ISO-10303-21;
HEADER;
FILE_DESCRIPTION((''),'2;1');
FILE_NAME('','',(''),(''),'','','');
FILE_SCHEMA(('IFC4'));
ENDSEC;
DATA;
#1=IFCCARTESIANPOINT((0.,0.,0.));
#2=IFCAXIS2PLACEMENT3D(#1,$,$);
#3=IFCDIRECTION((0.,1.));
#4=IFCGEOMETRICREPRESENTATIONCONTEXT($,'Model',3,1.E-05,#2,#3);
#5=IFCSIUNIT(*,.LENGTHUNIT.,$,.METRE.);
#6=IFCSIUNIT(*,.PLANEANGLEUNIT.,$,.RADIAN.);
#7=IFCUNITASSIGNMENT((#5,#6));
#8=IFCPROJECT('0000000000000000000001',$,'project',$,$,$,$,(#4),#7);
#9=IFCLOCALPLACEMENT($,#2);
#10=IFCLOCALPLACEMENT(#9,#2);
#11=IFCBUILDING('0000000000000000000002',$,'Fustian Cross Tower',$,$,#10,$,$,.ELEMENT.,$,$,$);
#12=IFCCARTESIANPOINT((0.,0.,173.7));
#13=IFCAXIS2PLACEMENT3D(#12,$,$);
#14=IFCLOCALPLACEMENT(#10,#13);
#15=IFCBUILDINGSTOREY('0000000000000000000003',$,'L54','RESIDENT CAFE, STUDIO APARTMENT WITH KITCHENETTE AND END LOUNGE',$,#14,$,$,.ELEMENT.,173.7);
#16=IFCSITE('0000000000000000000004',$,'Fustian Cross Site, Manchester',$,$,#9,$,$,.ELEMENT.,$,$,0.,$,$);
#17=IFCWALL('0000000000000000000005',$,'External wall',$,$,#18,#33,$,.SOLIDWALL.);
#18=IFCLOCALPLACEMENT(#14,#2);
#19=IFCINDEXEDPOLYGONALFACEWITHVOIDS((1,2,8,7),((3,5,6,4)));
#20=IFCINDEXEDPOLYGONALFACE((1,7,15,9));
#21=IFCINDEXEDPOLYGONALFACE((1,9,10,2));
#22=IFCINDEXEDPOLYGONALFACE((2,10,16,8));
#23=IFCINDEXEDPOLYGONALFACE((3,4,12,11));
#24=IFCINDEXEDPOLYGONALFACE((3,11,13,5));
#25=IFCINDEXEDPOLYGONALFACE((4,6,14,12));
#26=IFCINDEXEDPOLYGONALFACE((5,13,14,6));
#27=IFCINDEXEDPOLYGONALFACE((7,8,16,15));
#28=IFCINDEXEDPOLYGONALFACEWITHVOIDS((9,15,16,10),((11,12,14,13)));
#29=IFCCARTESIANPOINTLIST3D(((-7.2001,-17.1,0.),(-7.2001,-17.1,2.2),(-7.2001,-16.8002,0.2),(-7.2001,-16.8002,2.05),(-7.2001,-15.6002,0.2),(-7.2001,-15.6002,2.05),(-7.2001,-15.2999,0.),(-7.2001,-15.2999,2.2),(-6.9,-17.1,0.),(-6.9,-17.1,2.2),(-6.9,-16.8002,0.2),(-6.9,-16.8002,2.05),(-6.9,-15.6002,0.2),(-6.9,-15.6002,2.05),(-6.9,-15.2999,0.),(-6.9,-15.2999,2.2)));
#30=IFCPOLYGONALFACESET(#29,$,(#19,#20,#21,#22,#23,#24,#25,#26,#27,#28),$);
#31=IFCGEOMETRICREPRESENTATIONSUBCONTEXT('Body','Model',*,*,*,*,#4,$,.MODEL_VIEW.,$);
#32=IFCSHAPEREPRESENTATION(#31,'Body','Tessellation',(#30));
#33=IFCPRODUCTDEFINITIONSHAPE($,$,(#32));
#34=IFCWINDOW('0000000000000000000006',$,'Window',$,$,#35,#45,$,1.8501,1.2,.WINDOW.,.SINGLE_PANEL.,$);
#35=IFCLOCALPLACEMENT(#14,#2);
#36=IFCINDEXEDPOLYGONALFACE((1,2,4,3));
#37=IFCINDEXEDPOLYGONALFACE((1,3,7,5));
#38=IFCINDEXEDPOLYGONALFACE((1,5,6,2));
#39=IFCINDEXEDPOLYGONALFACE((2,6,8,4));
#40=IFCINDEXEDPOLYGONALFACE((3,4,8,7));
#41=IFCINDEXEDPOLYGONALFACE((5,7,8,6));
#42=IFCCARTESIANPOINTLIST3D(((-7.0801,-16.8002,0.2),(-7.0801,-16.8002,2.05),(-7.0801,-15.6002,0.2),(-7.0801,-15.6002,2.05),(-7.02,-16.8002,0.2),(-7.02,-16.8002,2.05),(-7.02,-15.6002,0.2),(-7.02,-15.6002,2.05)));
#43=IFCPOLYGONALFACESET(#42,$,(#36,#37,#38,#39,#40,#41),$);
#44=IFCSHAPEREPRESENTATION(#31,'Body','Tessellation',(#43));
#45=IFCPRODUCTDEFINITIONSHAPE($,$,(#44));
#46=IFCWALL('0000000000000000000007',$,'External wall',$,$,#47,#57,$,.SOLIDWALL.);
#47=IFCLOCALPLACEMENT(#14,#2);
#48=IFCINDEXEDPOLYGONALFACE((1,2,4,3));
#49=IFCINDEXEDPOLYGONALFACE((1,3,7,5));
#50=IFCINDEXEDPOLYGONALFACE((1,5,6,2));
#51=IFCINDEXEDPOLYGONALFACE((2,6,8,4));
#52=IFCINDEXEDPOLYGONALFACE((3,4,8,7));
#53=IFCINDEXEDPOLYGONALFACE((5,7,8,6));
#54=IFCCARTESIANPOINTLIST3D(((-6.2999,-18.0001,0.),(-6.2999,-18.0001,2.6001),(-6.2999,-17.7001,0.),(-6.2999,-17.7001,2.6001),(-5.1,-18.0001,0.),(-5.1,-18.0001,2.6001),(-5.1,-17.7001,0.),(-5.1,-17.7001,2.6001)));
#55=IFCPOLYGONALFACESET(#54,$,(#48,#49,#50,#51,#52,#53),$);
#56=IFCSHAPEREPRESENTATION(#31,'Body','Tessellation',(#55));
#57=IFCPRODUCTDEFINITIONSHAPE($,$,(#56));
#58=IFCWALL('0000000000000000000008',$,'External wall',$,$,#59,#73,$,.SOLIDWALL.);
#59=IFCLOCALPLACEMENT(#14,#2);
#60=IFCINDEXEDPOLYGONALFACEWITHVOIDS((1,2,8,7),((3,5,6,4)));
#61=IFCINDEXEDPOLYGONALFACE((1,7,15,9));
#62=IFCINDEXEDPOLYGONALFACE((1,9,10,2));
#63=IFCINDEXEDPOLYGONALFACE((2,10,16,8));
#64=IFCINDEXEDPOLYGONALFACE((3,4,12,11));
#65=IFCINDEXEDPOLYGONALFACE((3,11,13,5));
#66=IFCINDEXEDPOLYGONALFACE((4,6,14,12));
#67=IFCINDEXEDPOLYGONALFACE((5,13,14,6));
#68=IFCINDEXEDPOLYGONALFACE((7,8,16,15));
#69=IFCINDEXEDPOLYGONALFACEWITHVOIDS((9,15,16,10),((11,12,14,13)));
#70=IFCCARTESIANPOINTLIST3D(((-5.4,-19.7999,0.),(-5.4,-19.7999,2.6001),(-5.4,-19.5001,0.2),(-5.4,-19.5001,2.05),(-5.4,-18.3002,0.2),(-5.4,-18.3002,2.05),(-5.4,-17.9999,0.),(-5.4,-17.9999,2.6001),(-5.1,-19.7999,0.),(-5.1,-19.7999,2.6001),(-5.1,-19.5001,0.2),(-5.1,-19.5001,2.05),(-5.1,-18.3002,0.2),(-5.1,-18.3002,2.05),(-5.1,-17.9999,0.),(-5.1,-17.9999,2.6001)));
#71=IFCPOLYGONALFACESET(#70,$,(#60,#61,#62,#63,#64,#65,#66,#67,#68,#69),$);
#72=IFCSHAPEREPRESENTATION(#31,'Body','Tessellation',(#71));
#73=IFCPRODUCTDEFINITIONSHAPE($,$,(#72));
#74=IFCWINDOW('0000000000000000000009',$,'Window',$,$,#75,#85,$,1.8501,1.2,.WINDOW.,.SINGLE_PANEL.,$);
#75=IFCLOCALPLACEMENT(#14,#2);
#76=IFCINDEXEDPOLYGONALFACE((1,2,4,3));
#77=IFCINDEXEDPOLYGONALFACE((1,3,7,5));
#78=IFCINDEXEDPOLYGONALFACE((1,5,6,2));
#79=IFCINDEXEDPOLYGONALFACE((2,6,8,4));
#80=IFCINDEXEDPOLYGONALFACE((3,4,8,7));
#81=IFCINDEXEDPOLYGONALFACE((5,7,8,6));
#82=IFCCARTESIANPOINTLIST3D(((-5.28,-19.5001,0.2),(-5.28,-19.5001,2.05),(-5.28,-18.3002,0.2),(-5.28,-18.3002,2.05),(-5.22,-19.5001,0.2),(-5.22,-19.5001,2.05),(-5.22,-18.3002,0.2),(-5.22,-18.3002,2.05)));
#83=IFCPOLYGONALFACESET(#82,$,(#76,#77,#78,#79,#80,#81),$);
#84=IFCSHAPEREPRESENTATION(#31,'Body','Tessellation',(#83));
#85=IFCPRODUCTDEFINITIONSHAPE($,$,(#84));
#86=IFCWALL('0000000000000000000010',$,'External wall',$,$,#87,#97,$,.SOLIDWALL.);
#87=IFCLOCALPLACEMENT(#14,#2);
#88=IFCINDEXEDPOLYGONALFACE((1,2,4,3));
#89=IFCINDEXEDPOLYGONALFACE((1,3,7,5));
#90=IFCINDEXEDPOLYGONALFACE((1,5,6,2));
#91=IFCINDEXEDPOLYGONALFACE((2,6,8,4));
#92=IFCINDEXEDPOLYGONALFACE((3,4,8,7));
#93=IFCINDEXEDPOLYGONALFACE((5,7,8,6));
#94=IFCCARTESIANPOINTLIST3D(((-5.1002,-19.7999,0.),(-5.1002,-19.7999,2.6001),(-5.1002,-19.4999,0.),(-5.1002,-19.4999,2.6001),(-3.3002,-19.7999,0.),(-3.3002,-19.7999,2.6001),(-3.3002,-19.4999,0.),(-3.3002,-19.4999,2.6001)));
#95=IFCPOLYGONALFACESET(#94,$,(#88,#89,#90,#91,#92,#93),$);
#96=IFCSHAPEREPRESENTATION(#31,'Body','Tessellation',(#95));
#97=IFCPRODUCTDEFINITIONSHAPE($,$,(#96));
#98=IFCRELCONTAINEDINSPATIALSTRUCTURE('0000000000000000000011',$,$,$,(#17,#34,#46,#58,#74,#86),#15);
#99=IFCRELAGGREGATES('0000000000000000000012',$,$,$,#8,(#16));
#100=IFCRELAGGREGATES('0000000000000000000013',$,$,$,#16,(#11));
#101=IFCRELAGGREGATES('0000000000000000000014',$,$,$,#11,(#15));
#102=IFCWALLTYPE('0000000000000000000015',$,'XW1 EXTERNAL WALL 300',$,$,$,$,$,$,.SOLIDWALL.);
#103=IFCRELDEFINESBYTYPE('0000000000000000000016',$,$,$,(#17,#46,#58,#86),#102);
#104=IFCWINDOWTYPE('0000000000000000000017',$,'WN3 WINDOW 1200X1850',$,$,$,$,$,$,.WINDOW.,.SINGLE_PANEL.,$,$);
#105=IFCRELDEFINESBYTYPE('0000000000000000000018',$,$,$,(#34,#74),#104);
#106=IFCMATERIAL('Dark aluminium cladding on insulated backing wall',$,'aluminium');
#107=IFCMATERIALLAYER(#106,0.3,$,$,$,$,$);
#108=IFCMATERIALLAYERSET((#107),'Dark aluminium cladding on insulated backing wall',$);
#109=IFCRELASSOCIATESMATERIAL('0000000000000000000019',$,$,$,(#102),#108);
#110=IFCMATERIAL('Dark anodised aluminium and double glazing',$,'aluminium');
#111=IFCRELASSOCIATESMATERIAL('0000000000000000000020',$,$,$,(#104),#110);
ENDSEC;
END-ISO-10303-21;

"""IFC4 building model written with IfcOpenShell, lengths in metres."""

from ifc_helpers import new_model, si_unit, direction, frame, frame_2d, origin, place, context, subcontext, project, spatial, rectangle, extrude, material, layer, layer_set, type_object, element, fill, save


model = new_model("IFC4")

# Units and contexts
model_context = context("Model", 3, precision=1e-05, world=origin(), true_north=direction((0.0, 1.0)))
body_context = subcontext(model_context, "Body", "Model", "MODEL_VIEW")
ifc_project = project(units=[si_unit("LENGTHUNIT", "METRE"), si_unit("PLANEANGLEUNIT", "RADIAN")], contexts=[model_context])

# Site, building, storey
site_placement = place(None, origin())
site = spatial("IfcSite", under=ifc_project, at=site_placement, Name="Fustian Cross Site, Manchester", CompositionType="ELEMENT", RefElevation=0.0)
building_placement = place(site_placement, origin())
building = spatial("IfcBuilding", under=site, at=building_placement, Name="Fustian Cross Tower", CompositionType="ELEMENT")
storey_placement = place(building_placement, frame((0.0, 0.0, 173.7)))
storey = spatial("IfcBuildingStorey", under=building, at=storey_placement, Name="L54", Description="RESIDENT CAFE, STUDIO APARTMENT WITH KITCHENETTE AND END LOUNGE", CompositionType="ELEMENT", Elevation=173.7)

# Shared definitions
ifc_material_1 = material(Name="Dark aluminium cladding on insulated backing wall", Category="aluminium")
ifc_layer_1 = layer(ifc_material_1, 0.3)
ifc_layer_set_1 = layer_set([ifc_layer_1], Name="Dark aluminium cladding on insulated backing wall")
wall_type_1 = type_object("IfcWallType", Name="XW1 EXTERNAL WALL 300", PredefinedType="SOLIDWALL", material=ifc_layer_set_1)

# Wall, opening, window
wall_1_placement = place(storey_placement, frame((-7.05, -15.3, 0.0), z_axis=(0.0, 0.0, 1.0), x_axis=(0.0, -1.0, 0.0)))
wall_1 = element("IfcWall", 1, at=wall_1_placement, inside=storey, type_object=wall_type_1, Name="External wall", PredefinedType="SOLIDWALL", context=body_context, shape_type="SweptSolid", body=[
    extrude(rectangle(XDim=1.8, YDim=0.3, at=frame_2d((0.8999, 0.0))), origin(), (0.0, 0.0, 1.0), 2.2),
])
opening_1_placement = place(wall_1_placement, frame((0.3, 0.0, 0.2)))
opening_1 = element("IfcOpeningElement", 2, at=opening_1_placement, cuts=wall_1, PredefinedType="OPENING", context=body_context, shape_type="SweptSolid", body=[
    extrude(rectangle(XDim=1.2, YDim=1.8501, at=frame_2d((0.6001, 0.925))), frame((0.0, 0.1599, 0.0), z_axis=(0.0, -1.0, 0.0), x_axis=(1.0, 0.0, 0.0)), (0.0, 0.0, 1.0), 0.3201),
])
ifc_material_2 = material(Name="Dark anodised aluminium and double glazing", Category="aluminium")
window_type = type_object("IfcWindowType", Name="WN3 WINDOW 1200X1850", PartitioningType="SINGLE_PANEL", PredefinedType="WINDOW", material=ifc_material_2)
window_1_placement = place(opening_1_placement, origin())
window_1 = element("IfcWindow", 3, at=window_1_placement, inside=storey, type_object=window_type, Name="Window", OverallHeight=1.8501, OverallWidth=1.2, PartitioningType="SINGLE_PANEL", PredefinedType="WINDOW", context=body_context, shape_type="SweptSolid", body=[
    extrude(rectangle(XDim=1.2, YDim=1.8501, at=frame_2d((0.6001, 0.925))), frame((0.0, 0.03, 0.0), z_axis=(0.0, -1.0, 0.0), x_axis=(1.0, 0.0, 0.0)), (0.0, 0.0, 1.0), 0.0601),
])
fill(opening_1, window_1)

# Wall
wall_2_placement = place(storey_placement, frame((-6.3, -17.8501, 0.0), z_axis=(0.0, 0.0, 1.0), x_axis=(1.0, 0.0, 0.0)))
element("IfcWall", 4, at=wall_2_placement, inside=storey, type_object=wall_type_1, Name="External wall", PredefinedType="SOLIDWALL", context=body_context, shape_type="SweptSolid", body=[
    extrude(rectangle(XDim=1.2, YDim=0.3, at=frame_2d((0.6001, 0.0))), origin(), (0.0, 0.0, 1.0), 2.6001),
])

# Wall, opening, window
wall_3_placement = place(storey_placement, frame((-5.25, -18.0, 0.0), z_axis=(0.0, 0.0, 1.0), x_axis=(0.0, -1.0, 0.0)))
wall_3 = element("IfcWall", 5, at=wall_3_placement, inside=storey, type_object=wall_type_1, Name="External wall", PredefinedType="SOLIDWALL", context=body_context, shape_type="SweptSolid", body=[
    extrude(rectangle(XDim=1.8, YDim=0.3, at=frame_2d((0.8999, 0.0))), origin(), (0.0, 0.0, 1.0), 2.6001),
])
opening_2_placement = place(wall_3_placement, frame((0.3, 0.0, 0.2)))
opening_2 = element("IfcOpeningElement", 6, at=opening_2_placement, cuts=wall_3, PredefinedType="OPENING", context=body_context, shape_type="SweptSolid", body=[
    extrude(rectangle(XDim=1.2, YDim=1.8501, at=frame_2d((0.6001, 0.925))), frame((0.0, 0.1599, 0.0), z_axis=(0.0, -1.0, 0.0), x_axis=(1.0, 0.0, 0.0)), (0.0, 0.0, 1.0), 0.3201),
])
window_2_placement = place(opening_2_placement, origin())
window_2 = element("IfcWindow", 7, at=window_2_placement, inside=storey, type_object=window_type, Name="Window", OverallHeight=1.8501, OverallWidth=1.2, PartitioningType="SINGLE_PANEL", PredefinedType="WINDOW", context=body_context, shape_type="SweptSolid", body=[
    extrude(rectangle(XDim=1.2, YDim=1.8501, at=frame_2d((0.6001, 0.925))), frame((0.0, 0.03, 0.0), z_axis=(0.0, -1.0, 0.0), x_axis=(1.0, 0.0, 0.0)), (0.0, 0.0, 1.0), 0.0601),
])
fill(opening_2, window_2)

# Wall
wall_4_placement = place(storey_placement, frame((-5.1001, -19.6499, 0.0), z_axis=(0.0, 0.0, 1.0), x_axis=(1.0, 0.0, 0.0)))
element("IfcWall", 8, at=wall_4_placement, inside=storey, type_object=wall_type_1, Name="External wall", PredefinedType="SOLIDWALL", context=body_context, shape_type="SweptSolid", body=[
    extrude(rectangle(XDim=1.8, YDim=0.3, at=frame_2d((0.8999, 0.0))), origin(), (0.0, 0.0, 1.0), 2.6001),
])

save(model, "model.ifc")
